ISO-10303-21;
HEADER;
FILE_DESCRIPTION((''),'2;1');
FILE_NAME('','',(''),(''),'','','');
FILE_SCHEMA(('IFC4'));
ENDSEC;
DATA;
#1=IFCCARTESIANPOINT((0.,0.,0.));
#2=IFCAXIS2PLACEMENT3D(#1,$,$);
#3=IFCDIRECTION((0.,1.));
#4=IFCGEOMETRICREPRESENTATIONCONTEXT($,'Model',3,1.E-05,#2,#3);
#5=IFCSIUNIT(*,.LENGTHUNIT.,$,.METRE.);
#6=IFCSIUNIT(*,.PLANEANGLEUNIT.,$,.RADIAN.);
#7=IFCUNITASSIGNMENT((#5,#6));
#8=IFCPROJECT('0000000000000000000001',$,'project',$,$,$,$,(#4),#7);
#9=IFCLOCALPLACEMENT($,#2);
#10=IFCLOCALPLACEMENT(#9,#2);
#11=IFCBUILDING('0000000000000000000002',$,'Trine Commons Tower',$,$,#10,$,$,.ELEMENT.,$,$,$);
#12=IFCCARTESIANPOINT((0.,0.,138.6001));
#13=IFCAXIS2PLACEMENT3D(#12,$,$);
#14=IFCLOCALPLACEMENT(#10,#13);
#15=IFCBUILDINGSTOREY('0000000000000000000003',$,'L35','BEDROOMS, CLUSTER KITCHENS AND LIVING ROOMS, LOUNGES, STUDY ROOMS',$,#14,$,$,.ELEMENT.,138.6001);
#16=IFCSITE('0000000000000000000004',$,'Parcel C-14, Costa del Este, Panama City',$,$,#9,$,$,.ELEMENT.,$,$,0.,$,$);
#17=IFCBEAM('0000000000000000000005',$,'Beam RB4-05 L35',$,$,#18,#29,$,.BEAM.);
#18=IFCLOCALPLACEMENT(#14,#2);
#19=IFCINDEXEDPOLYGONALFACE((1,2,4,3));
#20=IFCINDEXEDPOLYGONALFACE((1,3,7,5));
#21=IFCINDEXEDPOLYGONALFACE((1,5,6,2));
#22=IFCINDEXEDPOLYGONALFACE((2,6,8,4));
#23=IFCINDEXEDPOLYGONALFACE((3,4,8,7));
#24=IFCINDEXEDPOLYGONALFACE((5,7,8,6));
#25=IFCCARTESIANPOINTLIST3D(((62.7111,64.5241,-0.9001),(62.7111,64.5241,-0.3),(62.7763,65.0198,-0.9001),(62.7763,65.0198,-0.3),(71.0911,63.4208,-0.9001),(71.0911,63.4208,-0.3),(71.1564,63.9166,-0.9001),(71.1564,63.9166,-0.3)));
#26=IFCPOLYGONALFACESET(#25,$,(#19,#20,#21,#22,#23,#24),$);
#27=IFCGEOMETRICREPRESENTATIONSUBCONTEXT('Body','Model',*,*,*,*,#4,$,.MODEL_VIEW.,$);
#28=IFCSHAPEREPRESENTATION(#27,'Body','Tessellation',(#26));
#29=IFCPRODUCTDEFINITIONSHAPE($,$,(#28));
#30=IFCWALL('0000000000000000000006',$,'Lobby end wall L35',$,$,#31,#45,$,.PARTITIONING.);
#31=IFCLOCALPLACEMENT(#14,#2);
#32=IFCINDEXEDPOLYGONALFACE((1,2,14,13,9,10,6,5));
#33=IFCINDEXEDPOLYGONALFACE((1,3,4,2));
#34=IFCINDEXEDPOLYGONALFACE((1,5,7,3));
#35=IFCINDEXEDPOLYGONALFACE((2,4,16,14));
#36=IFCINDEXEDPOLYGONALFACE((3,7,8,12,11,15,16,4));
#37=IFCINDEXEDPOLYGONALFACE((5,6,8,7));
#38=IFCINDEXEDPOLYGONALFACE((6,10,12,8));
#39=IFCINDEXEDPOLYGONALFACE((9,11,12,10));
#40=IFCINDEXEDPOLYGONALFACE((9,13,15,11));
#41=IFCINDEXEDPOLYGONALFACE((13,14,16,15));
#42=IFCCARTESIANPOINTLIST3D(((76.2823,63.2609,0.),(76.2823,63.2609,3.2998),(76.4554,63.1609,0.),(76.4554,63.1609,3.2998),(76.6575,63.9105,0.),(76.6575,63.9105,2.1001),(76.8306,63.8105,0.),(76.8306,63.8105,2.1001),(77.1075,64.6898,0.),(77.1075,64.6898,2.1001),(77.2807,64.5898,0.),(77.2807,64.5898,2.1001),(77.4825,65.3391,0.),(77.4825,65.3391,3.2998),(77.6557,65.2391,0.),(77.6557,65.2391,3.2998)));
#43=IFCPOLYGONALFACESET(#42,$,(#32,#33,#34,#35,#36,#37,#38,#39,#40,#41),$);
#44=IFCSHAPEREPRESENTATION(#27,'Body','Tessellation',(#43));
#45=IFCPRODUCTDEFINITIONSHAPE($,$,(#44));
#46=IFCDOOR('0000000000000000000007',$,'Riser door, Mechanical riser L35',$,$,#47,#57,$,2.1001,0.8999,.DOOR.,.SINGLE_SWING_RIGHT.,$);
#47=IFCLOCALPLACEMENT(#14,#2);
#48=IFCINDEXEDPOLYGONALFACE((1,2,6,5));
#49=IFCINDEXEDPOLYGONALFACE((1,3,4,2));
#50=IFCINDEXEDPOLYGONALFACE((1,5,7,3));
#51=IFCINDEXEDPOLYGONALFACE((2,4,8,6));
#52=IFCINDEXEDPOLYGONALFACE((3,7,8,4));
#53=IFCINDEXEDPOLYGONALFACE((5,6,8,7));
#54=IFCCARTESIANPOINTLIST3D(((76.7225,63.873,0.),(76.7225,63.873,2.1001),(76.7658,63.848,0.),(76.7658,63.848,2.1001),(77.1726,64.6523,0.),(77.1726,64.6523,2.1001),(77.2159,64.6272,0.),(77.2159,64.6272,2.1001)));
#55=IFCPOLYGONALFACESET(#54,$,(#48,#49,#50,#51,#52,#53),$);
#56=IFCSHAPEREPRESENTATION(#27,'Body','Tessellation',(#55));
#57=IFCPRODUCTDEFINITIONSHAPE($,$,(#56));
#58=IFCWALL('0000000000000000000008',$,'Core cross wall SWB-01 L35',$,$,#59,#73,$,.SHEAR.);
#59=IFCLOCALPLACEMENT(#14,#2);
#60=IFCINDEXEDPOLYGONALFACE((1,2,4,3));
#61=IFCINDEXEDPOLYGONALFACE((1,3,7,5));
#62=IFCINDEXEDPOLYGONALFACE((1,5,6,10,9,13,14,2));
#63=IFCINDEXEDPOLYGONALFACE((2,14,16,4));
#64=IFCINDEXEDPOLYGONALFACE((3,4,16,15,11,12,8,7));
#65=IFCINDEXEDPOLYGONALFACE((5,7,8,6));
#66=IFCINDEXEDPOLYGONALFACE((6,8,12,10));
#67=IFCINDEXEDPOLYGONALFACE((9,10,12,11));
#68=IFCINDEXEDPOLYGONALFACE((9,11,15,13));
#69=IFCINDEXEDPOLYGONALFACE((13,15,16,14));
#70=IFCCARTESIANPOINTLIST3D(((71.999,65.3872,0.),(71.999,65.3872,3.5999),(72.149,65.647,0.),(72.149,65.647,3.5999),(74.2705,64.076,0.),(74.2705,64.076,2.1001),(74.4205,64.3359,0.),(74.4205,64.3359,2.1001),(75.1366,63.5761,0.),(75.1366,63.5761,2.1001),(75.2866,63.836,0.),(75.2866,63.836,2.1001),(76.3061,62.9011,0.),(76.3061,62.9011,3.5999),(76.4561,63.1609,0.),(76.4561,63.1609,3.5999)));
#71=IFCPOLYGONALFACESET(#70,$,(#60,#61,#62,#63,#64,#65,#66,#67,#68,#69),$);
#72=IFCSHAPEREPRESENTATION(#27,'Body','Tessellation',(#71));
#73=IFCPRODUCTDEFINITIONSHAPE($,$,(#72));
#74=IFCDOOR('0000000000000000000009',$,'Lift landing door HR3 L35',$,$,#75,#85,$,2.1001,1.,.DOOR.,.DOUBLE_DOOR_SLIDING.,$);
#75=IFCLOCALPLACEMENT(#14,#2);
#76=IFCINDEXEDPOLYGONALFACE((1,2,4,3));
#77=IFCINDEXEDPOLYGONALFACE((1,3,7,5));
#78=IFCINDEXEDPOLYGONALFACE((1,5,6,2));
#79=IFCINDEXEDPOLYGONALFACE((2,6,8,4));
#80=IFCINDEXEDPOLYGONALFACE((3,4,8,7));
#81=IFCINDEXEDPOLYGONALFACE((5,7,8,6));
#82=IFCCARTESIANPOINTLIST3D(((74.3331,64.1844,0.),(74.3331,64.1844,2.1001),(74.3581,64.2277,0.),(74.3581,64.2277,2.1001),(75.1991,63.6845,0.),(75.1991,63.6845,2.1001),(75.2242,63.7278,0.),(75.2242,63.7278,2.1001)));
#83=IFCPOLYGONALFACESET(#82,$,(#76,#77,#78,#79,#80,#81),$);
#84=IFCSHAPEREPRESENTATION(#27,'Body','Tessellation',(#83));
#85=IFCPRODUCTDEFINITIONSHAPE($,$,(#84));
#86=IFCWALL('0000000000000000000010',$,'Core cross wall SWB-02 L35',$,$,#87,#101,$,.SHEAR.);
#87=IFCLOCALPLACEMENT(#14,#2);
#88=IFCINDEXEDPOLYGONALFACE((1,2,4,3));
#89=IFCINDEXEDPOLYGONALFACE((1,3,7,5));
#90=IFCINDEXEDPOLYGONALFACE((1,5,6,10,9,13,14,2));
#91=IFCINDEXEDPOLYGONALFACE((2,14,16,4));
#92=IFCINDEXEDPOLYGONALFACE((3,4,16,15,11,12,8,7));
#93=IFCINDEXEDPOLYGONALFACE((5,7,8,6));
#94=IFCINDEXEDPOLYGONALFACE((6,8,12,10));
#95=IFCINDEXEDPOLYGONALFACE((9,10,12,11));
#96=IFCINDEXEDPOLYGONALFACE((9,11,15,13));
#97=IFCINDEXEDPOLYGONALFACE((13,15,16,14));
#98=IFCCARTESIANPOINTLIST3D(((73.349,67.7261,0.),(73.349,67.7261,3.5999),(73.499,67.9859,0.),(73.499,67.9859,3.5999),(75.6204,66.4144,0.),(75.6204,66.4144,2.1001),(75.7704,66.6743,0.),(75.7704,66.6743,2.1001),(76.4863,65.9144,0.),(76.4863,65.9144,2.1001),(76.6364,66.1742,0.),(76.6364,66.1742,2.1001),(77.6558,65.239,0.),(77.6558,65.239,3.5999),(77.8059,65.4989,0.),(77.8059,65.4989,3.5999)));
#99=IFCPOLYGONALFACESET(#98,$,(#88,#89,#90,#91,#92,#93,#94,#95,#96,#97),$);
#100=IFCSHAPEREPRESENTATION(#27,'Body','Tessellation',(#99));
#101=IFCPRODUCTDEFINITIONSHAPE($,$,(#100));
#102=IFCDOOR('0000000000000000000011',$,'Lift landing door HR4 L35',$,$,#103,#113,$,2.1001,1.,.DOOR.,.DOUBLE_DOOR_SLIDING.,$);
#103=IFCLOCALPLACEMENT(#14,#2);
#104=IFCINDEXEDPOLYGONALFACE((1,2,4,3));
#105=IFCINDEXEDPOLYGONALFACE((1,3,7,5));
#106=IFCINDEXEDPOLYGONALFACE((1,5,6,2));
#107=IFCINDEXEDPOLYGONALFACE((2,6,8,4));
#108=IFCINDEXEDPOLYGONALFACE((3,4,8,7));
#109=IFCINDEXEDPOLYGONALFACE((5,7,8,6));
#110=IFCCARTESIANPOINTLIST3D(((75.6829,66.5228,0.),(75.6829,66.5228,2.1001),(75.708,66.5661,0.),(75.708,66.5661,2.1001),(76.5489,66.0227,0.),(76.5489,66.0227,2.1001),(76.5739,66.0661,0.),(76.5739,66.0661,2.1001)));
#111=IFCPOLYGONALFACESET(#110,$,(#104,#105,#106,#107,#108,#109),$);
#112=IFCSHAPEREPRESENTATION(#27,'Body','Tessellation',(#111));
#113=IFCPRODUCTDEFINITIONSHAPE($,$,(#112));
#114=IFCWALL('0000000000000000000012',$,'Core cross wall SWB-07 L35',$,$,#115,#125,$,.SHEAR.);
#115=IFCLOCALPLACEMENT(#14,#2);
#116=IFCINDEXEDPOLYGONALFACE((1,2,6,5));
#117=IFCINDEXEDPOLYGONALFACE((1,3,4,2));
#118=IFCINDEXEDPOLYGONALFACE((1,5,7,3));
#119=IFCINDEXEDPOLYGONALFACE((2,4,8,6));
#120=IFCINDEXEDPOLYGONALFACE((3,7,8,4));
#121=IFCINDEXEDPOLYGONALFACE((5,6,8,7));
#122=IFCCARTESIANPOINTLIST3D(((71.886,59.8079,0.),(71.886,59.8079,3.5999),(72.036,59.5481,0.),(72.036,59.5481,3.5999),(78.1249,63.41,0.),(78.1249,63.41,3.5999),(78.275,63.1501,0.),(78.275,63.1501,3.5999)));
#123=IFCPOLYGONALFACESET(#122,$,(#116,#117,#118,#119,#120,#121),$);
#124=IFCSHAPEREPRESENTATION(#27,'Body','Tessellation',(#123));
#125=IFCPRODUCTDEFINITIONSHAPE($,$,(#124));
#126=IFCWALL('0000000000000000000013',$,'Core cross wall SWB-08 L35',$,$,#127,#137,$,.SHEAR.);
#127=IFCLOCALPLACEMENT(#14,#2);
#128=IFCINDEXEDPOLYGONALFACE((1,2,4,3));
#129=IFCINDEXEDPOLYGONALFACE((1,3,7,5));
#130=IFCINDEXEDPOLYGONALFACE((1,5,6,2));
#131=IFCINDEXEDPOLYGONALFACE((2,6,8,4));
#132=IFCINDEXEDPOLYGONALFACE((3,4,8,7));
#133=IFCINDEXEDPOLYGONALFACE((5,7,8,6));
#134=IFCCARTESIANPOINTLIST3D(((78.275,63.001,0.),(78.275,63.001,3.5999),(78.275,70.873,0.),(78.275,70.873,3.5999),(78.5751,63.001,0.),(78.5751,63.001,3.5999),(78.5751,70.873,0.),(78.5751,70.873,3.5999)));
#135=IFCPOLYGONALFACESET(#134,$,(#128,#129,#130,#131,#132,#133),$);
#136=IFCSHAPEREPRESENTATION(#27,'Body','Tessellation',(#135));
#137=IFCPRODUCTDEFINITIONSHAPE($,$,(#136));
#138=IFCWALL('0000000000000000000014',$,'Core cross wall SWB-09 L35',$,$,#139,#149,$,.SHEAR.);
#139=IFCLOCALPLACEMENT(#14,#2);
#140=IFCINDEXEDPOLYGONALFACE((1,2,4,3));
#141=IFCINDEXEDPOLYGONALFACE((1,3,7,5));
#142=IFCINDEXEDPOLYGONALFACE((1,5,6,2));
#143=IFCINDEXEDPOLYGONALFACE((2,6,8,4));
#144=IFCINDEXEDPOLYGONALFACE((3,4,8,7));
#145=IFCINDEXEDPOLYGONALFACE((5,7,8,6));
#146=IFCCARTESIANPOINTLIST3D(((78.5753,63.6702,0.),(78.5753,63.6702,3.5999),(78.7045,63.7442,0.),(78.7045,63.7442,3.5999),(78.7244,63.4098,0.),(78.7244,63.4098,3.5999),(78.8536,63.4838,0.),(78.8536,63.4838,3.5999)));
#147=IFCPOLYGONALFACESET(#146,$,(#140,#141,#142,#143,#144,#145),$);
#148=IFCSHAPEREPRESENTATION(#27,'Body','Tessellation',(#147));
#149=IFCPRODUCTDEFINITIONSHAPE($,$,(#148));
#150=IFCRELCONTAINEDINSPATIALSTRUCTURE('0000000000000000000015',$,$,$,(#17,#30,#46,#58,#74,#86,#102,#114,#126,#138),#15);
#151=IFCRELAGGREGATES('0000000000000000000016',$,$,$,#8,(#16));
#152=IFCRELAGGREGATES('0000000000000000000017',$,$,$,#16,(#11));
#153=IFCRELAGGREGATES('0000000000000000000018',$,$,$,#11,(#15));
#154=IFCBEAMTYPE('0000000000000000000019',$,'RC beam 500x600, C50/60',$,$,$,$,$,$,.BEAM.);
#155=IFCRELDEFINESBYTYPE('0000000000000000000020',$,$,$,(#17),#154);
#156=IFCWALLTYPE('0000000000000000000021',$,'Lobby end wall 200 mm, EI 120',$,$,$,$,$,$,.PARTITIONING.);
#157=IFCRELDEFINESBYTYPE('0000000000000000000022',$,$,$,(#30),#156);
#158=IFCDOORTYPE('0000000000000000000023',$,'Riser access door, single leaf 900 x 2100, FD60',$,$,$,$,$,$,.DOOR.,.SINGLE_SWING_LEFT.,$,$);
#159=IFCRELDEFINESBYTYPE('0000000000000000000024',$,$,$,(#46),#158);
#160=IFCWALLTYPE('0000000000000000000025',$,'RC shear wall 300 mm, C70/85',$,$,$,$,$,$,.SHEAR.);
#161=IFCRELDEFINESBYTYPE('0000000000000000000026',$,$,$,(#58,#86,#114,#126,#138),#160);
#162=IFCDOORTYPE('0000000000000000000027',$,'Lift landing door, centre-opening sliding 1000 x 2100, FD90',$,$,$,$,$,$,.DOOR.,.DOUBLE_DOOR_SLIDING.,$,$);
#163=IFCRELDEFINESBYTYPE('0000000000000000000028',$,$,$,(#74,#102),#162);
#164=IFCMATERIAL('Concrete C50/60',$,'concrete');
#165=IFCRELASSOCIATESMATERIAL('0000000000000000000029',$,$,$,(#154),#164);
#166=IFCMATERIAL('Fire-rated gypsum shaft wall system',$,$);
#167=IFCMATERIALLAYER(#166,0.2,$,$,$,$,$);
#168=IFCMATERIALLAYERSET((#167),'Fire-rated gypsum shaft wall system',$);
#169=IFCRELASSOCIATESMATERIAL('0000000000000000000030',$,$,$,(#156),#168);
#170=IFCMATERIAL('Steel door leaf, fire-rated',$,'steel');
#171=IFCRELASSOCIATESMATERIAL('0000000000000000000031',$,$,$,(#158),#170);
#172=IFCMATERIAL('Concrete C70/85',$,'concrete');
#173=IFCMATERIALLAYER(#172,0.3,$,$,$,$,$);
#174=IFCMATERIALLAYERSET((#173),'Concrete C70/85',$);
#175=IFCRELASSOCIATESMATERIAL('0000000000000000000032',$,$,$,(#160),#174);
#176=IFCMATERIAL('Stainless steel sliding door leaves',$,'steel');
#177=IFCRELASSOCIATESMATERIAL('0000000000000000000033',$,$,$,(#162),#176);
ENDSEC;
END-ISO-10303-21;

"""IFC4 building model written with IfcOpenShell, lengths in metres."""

from ifc_helpers import new_model, si_unit, direction, frame, frame_2d, origin, origin_2d, place, context, subcontext, project, spatial, rectangle, extrude, material, layer, layer_set, material_profile, profile_set, type_object, element, fill, save


model = new_model("IFC4")

# Units and contexts
model_context = context("Model", 3, precision=1e-05, world=origin(), true_north=direction((0.0, 1.0)))
body_context = subcontext(model_context, "Body", "Model", "MODEL_VIEW")
ifc_project = project(units=[si_unit("LENGTHUNIT", "METRE"), si_unit("PLANEANGLEUNIT", "RADIAN")], contexts=[model_context])

# Site, building, storey
site_placement = place(None, origin())
site = spatial("IfcSite", under=ifc_project, at=site_placement, Name="Parcel C-14, Costa del Este, Panama City", CompositionType="ELEMENT", RefElevation=0.0)
building_placement = place(site_placement, origin())
building = spatial("IfcBuilding", under=site, at=building_placement, Name="Trine Commons Tower", CompositionType="ELEMENT")
storey_placement = place(building_placement, frame((0.0, 0.0, 138.6001)))
storey = spatial("IfcBuildingStorey", under=building, at=storey_placement, Name="L35", Description="BEDROOMS, CLUSTER KITCHENS AND LIVING ROOMS, LOUNGES, STUDY ROOMS", CompositionType="ELEMENT", Elevation=138.6001)

# Beam
ifc_material_1 = material(Name="Concrete C50/60", Category="concrete")
ifc_material_profile = material_profile(ifc_material_1, rectangle(XDim=0.5, YDim=0.6001, at=origin_2d()), Name="RC 500x600")
ifc_profile_set = profile_set([ifc_material_profile], Name="Concrete C50/60")
beam_type = type_object("IfcBeamType", Name="RC beam 500x600, C50/60", PredefinedType="BEAM", material=ifc_profile_set)
beam_placement = place(storey_placement, frame((71.1238, 63.6687, -0.6001), z_axis=(-0.991445, 0.130527, 0.0), x_axis=(-0.130527, -0.991445, 0.0)))
element("IfcBeam", 1, at=beam_placement, inside=storey, type_object=beam_type, Name="Beam RB4-05 L35", PredefinedType="BEAM", context=body_context, shape_type="SweptSolid", body=[
    extrude(rectangle(XDim=0.5, YDim=0.6001, at=origin_2d()), origin(), (0.0, 0.0, 1.0), 8.4524),
])

# Walls, openings, doors
ifc_material_2 = material(Name="Fire-rated gypsum shaft wall system")
ifc_layer_1 = layer(ifc_material_2, 0.2)
ifc_layer_set_1 = layer_set([ifc_layer_1], Name="Fire-rated gypsum shaft wall system")
wall_type_1 = type_object("IfcWallType", Name="Lobby end wall 200 mm, EI 120", PredefinedType="PARTITIONING", material=ifc_layer_set_1)
wall_1_placement = place(storey_placement, frame((77.5691, 65.2891, 0.0), z_axis=(0.0, 0.0, 1.0), x_axis=(-0.500122, -0.865955, 0.0)))
wall_1 = element("IfcWall", 2, at=wall_1_placement, inside=storey, type_object=wall_type_1, Name="Lobby end wall L35", PredefinedType="PARTITIONING", context=body_context, shape_type="SweptSolid", body=[
    extrude(rectangle(XDim=2.3999, YDim=0.2, at=frame_2d((1.2, 0.0))), origin(), (0.0, 0.0, 1.0), 3.2998),
])
opening_1_placement = place(wall_1_placement, frame((0.7498, 0.0, 0.0)))
opening_1 = element("IfcOpeningElement", 3, at=opening_1_placement, cuts=wall_1, PredefinedType="OPENING", context=body_context, shape_type="SweptSolid", body=[
    extrude(rectangle(XDim=0.8999, YDim=2.1001, at=frame_2d((0.45, 1.05))), frame((0.0, 0.1099, 0.0), z_axis=(0.0, -1.0, 0.0), x_axis=(1.0, 0.0, 0.0)), (0.0, 0.0, 1.0), 0.22),
])
ifc_material_3 = material(Name="Steel door leaf, fire-rated", Category="steel")
door_type_1 = type_object("IfcDoorType", Name="Riser access door, single leaf 900 x 2100, FD60", OperationType="SINGLE_SWING_LEFT", PredefinedType="DOOR", material=ifc_material_3)
door_1_placement = place(opening_1_placement, frame((0.8999, 0.0, 0.0), z_axis=(0.0, 0.0, 1.0), x_axis=(-1.0, 0.0, 0.0)))
door_1 = element("IfcDoor", 4, at=door_1_placement, inside=storey, type_object=door_type_1, Name="Riser door, Mechanical riser L35", OperationType="SINGLE_SWING_RIGHT", OverallHeight=2.1001, OverallWidth=0.8999, PredefinedType="DOOR", context=body_context, shape_type="SweptSolid", body=[
    extrude(rectangle(XDim=0.8999, YDim=2.1001, at=frame_2d((0.45, 1.05))), frame((0.0, 0.0249, 0.0), z_axis=(0.0, -1.0, 0.0), x_axis=(1.0, 0.0, 0.0)), (0.0, 0.0, 1.0), 0.05),
])
fill(opening_1, door_1)
ifc_material_4 = material(Name="Concrete C70/85", Category="concrete")
ifc_layer_2 = layer(ifc_material_4, 0.3)
ifc_layer_set_2 = layer_set([ifc_layer_2], Name="Concrete C70/85")
wall_type_2 = type_object("IfcWallType", Name="RC shear wall 300 mm, C70/85", PredefinedType="SHEAR", material=ifc_layer_set_2)
wall_2_placement = place(storey_placement, frame((76.3811, 63.031, 0.0), z_axis=(0.0, 0.0, 1.0), x_axis=(-0.866081, 0.499904, 0.0)))
wall_2 = element("IfcWall", 5, at=wall_2_placement, inside=storey, type_object=wall_type_2, Name="Core cross wall SWB-01 L35", PredefinedType="SHEAR", context=body_context, shape_type="SweptSolid", body=[
    extrude(rectangle(XDim=4.9731, YDim=0.3, at=frame_2d((2.4866, 0.0))), origin(), (0.0, 0.0, 1.0), 3.5999),
])
opening_2_placement = place(wall_2_placement, frame((1.3503, 0.0, 0.0)))
opening_2 = element("IfcOpeningElement", 6, at=opening_2_placement, cuts=wall_2, PredefinedType="OPENING", context=body_context, shape_type="SweptSolid", body=[
    extrude(rectangle(XDim=1.0, YDim=2.1001, at=frame_2d((0.5, 1.05))), frame((0.0, 0.1599, 0.0), z_axis=(0.0, -1.0, 0.0), x_axis=(1.0, 0.0, 0.0)), (0.0, 0.0, 1.0), 0.3201),
])
ifc_material_5 = material(Name="Stainless steel sliding door leaves", Category="steel")
door_type_2 = type_object("IfcDoorType", Name="Lift landing door, centre-opening sliding 1000 x 2100, FD90", OperationType="DOUBLE_DOOR_SLIDING", PredefinedType="DOOR", material=ifc_material_5)
door_2_placement = place(opening_2_placement, origin())
door_2 = element("IfcDoor", 7, at=door_2_placement, inside=storey, type_object=door_type_2, Name="Lift landing door HR3 L35", OperationType="DOUBLE_DOOR_SLIDING", OverallHeight=2.1001, OverallWidth=1.0, PredefinedType="DOOR", context=body_context, shape_type="SweptSolid", body=[
    extrude(rectangle(XDim=1.0, YDim=2.1001, at=frame_2d((0.5, 1.05))), frame((0.0, 0.0249, 0.0), z_axis=(0.0, -1.0, 0.0), x_axis=(1.0, 0.0, 0.0)), (0.0, 0.0, 1.0), 0.05),
])
fill(opening_2, door_2)
wall_3_placement = place(storey_placement, frame((77.731, 65.3689, 0.0), z_axis=(0.0, 0.0, 1.0), x_axis=(-0.865984, 0.500072, 0.0)))
wall_3 = element("IfcWall", 8, at=wall_3_placement, inside=storey, type_object=wall_type_2, Name="Core cross wall SWB-02 L35", PredefinedType="SHEAR", context=body_context, shape_type="SweptSolid", body=[
    extrude(rectangle(XDim=4.9734, YDim=0.3, at=frame_2d((2.4868, 0.0))), origin(), (0.0, 0.0, 1.0), 3.5999),
])
opening_3_placement = place(wall_3_placement, frame((1.3506, 0.0, 0.0)))
opening_3 = element("IfcOpeningElement", 9, at=opening_3_placement, cuts=wall_3, PredefinedType="OPENING", context=body_context, shape_type="SweptSolid", body=[
    extrude(rectangle(XDim=1.0, YDim=2.1001, at=frame_2d((0.5, 1.05))), frame((0.0, 0.1599, 0.0), z_axis=(0.0, -1.0, 0.0), x_axis=(1.0, 0.0, 0.0)), (0.0, 0.0, 1.0), 0.3201),
])
door_3_placement = place(opening_3_placement, origin())
door_3 = element("IfcDoor", 10, at=door_3_placement, inside=storey, type_object=door_type_2, Name="Lift landing door HR4 L35", OperationType="DOUBLE_DOOR_SLIDING", OverallHeight=2.1001, OverallWidth=1.0, PredefinedType="DOOR", context=body_context, shape_type="SweptSolid", body=[
    extrude(rectangle(XDim=1.0, YDim=2.1001, at=frame_2d((0.5, 1.05))), frame((0.0, 0.0249, 0.0), z_axis=(0.0, -1.0, 0.0), x_axis=(1.0, 0.0, 0.0)), (0.0, 0.0, 1.0), 0.05),
])
fill(opening_3, door_3)

# Walls
wall_4_placement = place(storey_placement, frame((78.2, 63.28, 0.0), z_axis=(0.0, 0.0, 1.0), x_axis=(-0.866028, -0.499995, 0.0)))
element("IfcWall", 11, at=wall_4_placement, inside=storey, type_object=wall_type_2, Name="Core cross wall SWB-07 L35", PredefinedType="SHEAR", context=body_context, shape_type="SweptSolid", body=[
    extrude(rectangle(XDim=7.2041, YDim=0.3, at=frame_2d((3.6021, 0.0))), origin(), (0.0, 0.0, 1.0), 3.5999),
])
wall_5_placement = place(storey_placement, frame((78.425, 63.001, 0.0), z_axis=(0.0, 0.0, 1.0), x_axis=(0.0, 1.0, 0.0)))
element("IfcWall", 12, at=wall_5_placement, inside=storey, type_object=wall_type_2, Name="Core cross wall SWB-08 L35", PredefinedType="SHEAR", context=body_context, shape_type="SweptSolid", body=[
    extrude(rectangle(XDim=7.8721, YDim=0.3, at=frame_2d((3.936, 0.0))), origin(), (0.0, 0.0, 1.0), 3.5999),
])
wall_6_placement = place(storey_placement, frame((78.7791, 63.614, 0.0), z_axis=(0.0, 0.0, 1.0), x_axis=(-0.867738, -0.497022, 0.0)))
element("IfcWall", 13, at=wall_6_placement, inside=storey, type_object=wall_type_2, Name="Core cross wall SWB-09 L35", PredefinedType="SHEAR", context=body_context, shape_type="SweptSolid", body=[
    extrude(rectangle(XDim=0.1489, YDim=0.3, at=frame_2d((0.0745, 0.0))), origin(), (0.0, 0.0, 1.0), 3.5999),
])

save(model, "model.ifc")
